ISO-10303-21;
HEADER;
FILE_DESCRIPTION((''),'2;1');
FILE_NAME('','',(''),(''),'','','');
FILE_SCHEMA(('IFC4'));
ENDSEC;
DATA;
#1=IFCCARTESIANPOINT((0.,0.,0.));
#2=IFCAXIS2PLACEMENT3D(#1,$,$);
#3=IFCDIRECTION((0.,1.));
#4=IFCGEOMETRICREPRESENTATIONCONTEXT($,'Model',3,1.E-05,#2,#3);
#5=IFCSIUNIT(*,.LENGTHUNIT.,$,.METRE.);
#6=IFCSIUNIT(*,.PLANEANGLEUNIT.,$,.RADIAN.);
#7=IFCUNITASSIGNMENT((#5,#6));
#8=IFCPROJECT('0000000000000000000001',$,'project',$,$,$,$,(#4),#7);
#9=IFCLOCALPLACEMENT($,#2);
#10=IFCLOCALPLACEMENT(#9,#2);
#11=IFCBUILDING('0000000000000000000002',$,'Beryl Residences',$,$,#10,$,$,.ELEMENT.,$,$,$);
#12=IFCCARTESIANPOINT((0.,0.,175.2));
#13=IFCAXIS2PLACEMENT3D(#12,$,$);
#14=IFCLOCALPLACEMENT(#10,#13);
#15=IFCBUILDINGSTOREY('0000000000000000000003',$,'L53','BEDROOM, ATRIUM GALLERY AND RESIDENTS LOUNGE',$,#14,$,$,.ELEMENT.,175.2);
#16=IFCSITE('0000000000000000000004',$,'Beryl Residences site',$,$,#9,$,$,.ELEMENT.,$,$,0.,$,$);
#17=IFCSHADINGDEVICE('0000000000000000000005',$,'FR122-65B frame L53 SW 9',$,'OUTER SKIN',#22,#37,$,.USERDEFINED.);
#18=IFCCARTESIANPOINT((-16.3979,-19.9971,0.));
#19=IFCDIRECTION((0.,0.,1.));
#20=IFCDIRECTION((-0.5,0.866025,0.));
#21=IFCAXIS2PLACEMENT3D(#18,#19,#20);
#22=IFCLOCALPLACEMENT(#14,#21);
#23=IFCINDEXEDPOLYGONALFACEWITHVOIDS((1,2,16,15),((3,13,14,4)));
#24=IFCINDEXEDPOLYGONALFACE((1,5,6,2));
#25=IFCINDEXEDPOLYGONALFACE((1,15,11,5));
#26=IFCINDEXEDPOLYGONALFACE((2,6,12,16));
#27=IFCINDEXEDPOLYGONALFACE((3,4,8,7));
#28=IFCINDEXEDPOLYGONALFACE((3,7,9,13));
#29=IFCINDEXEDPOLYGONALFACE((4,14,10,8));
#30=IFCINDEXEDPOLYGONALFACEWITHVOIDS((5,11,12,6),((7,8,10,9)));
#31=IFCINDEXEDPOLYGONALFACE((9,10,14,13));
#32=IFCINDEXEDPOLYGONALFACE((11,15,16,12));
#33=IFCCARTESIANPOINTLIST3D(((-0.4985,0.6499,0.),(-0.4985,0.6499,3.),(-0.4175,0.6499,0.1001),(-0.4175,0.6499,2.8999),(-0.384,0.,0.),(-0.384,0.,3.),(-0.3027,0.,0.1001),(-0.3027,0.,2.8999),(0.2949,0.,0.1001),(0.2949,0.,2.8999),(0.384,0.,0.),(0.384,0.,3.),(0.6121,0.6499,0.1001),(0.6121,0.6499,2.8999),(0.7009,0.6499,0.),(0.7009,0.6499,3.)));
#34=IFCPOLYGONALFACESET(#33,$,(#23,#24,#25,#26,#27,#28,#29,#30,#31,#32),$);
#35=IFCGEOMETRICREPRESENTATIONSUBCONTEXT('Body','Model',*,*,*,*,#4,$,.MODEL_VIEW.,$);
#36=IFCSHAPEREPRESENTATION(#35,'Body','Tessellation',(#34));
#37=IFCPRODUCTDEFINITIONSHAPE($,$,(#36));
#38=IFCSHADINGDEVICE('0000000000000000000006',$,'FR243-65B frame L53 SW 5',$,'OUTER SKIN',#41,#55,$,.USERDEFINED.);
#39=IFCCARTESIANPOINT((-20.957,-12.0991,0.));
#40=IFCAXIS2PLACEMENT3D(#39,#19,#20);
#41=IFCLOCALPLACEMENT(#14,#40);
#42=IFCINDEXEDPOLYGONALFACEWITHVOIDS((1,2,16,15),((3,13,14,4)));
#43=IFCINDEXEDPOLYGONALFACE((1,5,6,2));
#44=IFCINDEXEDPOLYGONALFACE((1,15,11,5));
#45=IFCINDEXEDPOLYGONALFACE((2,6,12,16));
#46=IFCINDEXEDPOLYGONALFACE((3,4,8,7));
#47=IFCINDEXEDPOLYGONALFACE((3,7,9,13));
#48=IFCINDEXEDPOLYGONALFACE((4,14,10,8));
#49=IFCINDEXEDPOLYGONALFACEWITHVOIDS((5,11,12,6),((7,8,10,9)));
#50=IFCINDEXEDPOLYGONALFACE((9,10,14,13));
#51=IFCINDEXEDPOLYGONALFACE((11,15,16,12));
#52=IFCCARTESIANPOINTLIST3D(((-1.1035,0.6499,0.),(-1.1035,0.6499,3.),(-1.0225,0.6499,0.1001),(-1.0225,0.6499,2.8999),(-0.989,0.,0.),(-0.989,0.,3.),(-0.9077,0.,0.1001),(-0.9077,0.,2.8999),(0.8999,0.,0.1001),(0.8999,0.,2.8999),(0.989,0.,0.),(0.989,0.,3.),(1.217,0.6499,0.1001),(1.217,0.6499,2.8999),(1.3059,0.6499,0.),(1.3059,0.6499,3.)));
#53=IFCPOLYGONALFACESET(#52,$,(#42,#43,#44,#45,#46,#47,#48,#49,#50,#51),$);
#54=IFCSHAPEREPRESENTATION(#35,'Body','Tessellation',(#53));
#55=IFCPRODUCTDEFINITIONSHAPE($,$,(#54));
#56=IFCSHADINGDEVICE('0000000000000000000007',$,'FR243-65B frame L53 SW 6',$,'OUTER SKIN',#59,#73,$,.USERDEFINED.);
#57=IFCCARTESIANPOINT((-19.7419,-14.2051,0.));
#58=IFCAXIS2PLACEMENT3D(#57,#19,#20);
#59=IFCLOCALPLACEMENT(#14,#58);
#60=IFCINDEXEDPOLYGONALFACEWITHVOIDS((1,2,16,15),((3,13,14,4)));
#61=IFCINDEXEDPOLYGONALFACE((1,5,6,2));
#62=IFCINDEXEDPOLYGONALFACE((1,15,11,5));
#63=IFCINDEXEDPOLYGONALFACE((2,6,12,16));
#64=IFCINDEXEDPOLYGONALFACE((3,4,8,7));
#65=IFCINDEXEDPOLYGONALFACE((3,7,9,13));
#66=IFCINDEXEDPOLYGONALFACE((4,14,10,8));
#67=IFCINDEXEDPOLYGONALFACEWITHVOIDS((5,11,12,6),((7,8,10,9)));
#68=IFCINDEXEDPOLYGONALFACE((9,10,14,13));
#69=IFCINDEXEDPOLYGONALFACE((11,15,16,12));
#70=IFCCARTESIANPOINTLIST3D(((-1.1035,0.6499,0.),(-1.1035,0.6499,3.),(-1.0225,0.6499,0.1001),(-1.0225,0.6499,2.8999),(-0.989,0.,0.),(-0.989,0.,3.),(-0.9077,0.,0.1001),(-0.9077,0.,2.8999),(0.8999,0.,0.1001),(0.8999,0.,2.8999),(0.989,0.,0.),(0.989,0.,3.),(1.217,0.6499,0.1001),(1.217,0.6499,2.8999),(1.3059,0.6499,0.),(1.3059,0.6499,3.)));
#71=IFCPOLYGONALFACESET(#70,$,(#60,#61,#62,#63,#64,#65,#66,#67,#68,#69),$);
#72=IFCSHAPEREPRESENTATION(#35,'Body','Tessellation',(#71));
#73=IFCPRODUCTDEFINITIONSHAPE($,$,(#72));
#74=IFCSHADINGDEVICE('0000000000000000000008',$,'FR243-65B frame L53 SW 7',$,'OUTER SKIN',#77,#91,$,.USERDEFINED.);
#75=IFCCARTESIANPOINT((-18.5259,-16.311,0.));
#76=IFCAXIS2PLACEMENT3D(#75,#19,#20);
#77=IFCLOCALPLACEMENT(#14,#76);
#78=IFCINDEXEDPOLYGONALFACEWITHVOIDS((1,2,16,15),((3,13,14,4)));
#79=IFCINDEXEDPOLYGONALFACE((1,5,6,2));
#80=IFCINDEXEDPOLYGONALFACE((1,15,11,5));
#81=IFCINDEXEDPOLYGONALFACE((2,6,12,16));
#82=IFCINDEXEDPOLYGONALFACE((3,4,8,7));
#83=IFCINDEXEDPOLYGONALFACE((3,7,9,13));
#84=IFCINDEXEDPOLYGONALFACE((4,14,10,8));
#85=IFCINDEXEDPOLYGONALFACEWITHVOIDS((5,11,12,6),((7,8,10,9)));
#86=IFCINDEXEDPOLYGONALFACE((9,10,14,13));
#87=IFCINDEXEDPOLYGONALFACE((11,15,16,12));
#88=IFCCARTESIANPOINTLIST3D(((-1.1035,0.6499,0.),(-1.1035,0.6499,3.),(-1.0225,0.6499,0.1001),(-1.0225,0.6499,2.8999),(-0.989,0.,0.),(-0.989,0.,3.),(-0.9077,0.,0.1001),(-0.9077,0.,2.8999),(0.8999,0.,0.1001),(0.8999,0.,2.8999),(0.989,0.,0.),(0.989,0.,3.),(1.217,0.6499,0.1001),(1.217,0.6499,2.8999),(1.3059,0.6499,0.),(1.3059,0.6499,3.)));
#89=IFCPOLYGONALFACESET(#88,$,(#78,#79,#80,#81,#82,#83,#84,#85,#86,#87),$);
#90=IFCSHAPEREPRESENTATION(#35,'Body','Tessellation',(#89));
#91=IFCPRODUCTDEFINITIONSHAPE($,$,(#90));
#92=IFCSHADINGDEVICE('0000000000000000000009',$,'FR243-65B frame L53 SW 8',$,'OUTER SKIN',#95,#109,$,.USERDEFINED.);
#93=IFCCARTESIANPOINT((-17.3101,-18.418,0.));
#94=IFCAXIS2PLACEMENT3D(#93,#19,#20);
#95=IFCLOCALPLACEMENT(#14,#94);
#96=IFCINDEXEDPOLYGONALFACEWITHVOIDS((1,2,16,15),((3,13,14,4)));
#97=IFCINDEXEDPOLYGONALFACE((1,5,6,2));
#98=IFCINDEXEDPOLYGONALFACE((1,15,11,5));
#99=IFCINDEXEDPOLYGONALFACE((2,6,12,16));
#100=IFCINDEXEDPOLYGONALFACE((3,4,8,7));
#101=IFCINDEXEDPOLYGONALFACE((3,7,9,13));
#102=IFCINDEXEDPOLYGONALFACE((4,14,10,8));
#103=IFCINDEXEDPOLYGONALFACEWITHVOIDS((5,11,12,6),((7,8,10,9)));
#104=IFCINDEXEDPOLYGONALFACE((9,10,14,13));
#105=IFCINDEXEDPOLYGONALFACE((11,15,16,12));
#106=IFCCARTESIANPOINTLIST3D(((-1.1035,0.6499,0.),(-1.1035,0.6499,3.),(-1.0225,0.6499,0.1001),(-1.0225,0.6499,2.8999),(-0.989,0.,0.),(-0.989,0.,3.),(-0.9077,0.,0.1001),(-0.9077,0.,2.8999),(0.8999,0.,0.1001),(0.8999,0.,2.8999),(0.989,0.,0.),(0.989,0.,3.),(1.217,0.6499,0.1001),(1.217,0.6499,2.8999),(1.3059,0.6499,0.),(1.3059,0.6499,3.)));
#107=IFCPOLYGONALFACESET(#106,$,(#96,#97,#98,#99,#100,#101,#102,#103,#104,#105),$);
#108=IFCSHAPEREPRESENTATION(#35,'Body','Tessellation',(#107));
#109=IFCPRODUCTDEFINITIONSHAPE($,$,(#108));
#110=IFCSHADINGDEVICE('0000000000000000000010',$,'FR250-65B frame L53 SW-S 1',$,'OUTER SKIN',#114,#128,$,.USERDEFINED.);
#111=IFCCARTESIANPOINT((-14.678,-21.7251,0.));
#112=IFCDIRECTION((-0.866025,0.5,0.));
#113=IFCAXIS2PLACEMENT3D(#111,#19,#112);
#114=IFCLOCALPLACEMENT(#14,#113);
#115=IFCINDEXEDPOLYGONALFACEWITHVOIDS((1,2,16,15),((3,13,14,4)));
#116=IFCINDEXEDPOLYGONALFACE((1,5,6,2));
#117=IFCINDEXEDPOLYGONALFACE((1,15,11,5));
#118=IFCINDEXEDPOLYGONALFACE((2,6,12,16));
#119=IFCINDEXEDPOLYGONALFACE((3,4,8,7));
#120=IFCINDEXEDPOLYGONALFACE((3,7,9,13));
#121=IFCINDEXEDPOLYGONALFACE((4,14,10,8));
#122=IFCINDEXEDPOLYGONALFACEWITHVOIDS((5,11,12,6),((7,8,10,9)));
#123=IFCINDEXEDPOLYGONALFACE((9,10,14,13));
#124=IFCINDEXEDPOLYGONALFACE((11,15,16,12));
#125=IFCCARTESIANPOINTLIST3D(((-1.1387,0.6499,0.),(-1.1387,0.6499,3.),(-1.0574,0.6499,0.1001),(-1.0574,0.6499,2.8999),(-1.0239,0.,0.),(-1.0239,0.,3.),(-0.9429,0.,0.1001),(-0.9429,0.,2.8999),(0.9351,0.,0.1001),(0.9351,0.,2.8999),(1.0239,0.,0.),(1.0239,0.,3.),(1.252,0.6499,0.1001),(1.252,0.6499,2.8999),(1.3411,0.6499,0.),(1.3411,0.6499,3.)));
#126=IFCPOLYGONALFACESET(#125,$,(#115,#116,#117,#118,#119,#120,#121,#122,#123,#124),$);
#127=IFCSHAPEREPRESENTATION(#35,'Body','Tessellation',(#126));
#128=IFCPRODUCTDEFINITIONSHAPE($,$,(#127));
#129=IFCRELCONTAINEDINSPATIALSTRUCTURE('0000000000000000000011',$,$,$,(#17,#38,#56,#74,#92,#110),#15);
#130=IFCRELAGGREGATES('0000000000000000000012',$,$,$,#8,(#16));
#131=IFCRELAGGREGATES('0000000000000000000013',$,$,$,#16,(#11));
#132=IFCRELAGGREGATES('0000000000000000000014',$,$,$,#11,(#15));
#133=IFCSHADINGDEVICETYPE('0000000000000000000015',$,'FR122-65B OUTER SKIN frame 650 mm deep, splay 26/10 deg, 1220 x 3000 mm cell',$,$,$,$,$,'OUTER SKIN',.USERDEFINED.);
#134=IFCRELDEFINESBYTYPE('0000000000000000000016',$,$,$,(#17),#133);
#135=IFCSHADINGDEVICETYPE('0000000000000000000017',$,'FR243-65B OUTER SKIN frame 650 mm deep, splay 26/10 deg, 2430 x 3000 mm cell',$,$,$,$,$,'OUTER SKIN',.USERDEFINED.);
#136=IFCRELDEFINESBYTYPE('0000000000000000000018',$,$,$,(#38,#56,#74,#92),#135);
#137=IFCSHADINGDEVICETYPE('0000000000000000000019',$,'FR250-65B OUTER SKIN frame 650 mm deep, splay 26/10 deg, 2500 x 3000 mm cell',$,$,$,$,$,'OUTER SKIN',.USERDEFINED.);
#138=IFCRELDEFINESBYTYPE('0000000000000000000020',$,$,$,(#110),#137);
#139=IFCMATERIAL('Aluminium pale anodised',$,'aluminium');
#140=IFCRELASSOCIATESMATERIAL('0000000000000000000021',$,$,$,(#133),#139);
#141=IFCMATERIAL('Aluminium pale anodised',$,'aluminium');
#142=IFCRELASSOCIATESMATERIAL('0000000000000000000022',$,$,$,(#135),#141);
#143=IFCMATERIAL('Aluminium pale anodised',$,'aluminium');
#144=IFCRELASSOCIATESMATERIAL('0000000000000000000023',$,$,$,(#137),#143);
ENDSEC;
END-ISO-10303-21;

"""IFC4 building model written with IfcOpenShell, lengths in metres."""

from ifc_helpers import new_model, entity, si_unit, direction, frame, origin, place, context, subcontext, project, spatial, source, transform, mapped, material, type_object, type_shapes, element, save


model = new_model("IFC4")

# Units and contexts
model_context = context("Model", 3, precision=1e-05, world=origin(), true_north=direction((0.0, 1.0)))
body_context = subcontext(model_context, "Body", "Model", "MODEL_VIEW")
ifc_project = project(units=[si_unit("LENGTHUNIT", "METRE"), si_unit("PLANEANGLEUNIT", "RADIAN")], contexts=[model_context])

# Site, building, storey
site_placement = place(None, origin())
site = spatial("IfcSite", under=ifc_project, at=site_placement, Name="Beryl Residences site", CompositionType="ELEMENT", RefElevation=0.0)
building_placement = place(site_placement, origin())
building = spatial("IfcBuilding", under=site, at=building_placement, Name="Beryl Residences", CompositionType="ELEMENT")
storey_placement = place(building_placement, frame((0.0, 0.0, 175.2)))
storey = spatial("IfcBuildingStorey", under=building, at=storey_placement, Name="L53", Description="BEDROOM, ATRIUM GALLERY AND RESIDENTS LOUNGE", CompositionType="ELEMENT", Elevation=175.2)

# Shading devices
ifc_material_1 = material(Name="Aluminium pale anodised", Category="aluminium")
shading_device_type_1 = type_object("IfcShadingDeviceType", Name="FR122-65B OUTER SKIN frame 650 mm deep, splay 26/10 deg, 1220 x 3000 mm cell", ElementType="OUTER SKIN", PredefinedType="USERDEFINED", material=ifc_material_1)
cartesian_point_1 = entity("IfcCartesianPoint", [-0.384, 0.0])
cartesian_point_2 = entity("IfcCartesianPoint", [-0.2949, 0.1001])
cartesian_point_3 = entity("IfcCartesianPoint", [-0.7009, 0.0])
cartesian_point_4 = entity("IfcCartesianPoint", [-0.6121, 0.1001])
shared_shape_1 = source(origin(), body_context, "Body", "SweptSolid", [
    entity("IfcExtrudedAreaSolidTapered", entity("IfcArbitraryProfileDefWithVoids", "AREA", None, entity("IfcPolyline", [cartesian_point_1, entity("IfcCartesianPoint", [0.384, 0.0]), entity("IfcCartesianPoint", [0.384, 3.0]), entity("IfcCartesianPoint", [-0.384, 3.0]), cartesian_point_1]), [entity("IfcPolyline", [cartesian_point_2, entity("IfcCartesianPoint", [0.3027, 0.1001]), entity("IfcCartesianPoint", [0.3027, 2.8999]), entity("IfcCartesianPoint", [-0.2949, 2.8999]), cartesian_point_2])]), entity("IfcAxis2Placement3D", entity("IfcCartesianPoint", [0.0, 0.0, 0.0]), entity("IfcDirection", [0.0, 1.0, 0.0]), entity("IfcDirection", [-1.0, 0.0, 0.0])), entity("IfcDirection", [0.0, 0.0, 1.0]), 0.6499, entity("IfcArbitraryProfileDefWithVoids", "AREA", None, entity("IfcPolyline", [cartesian_point_3, entity("IfcCartesianPoint", [0.4985, 0.0]), entity("IfcCartesianPoint", [0.4985, 3.0]), entity("IfcCartesianPoint", [-0.7009, 3.0]), cartesian_point_3]), [entity("IfcPolyline", [cartesian_point_4, entity("IfcCartesianPoint", [0.4175, 0.1001]), entity("IfcCartesianPoint", [0.4175, 2.8999]), entity("IfcCartesianPoint", [-0.6121, 2.8999]), cartesian_point_4])])),
])
type_shapes(shading_device_type_1, [shared_shape_1])
shading_device_1_placement = place(storey_placement, frame((-16.3979, -19.9971, 0.0), z_axis=(0.0, 0.0, 1.0), x_axis=(-0.5, 0.866025, 0.0)))
element("IfcShadingDevice", 1, at=shading_device_1_placement, inside=storey, type_object=shading_device_type_1, Name="FR122-65B frame L53 SW 9", ObjectType="OUTER SKIN", PredefinedType="USERDEFINED", context=body_context, shape_type="MappedRepresentation", body=[
    mapped(shared_shape_1, transform((0.0, 0.0, 0.0))),
])
ifc_material_2 = material(Name="Aluminium pale anodised", Category="aluminium")
shading_device_type_2 = type_object("IfcShadingDeviceType", Name="FR243-65B OUTER SKIN frame 650 mm deep, splay 26/10 deg, 2430 x 3000 mm cell", ElementType="OUTER SKIN", PredefinedType="USERDEFINED", material=ifc_material_2)
cartesian_point_5 = entity("IfcCartesianPoint", [-0.989, 0.0])
cartesian_point_6 = entity("IfcCartesianPoint", [-0.8999, 0.1001])
cartesian_point_7 = entity("IfcCartesianPoint", [-1.3059, 0.0])
cartesian_point_8 = entity("IfcCartesianPoint", [-1.217, 0.1001])
shared_shape_2 = source(origin(), body_context, "Body", "SweptSolid", [
    entity("IfcExtrudedAreaSolidTapered", entity("IfcArbitraryProfileDefWithVoids", "AREA", None, entity("IfcPolyline", [cartesian_point_5, entity("IfcCartesianPoint", [0.989, 0.0]), entity("IfcCartesianPoint", [0.989, 3.0]), entity("IfcCartesianPoint", [-0.989, 3.0]), cartesian_point_5]), [entity("IfcPolyline", [cartesian_point_6, entity("IfcCartesianPoint", [0.9077, 0.1001]), entity("IfcCartesianPoint", [0.9077, 2.8999]), entity("IfcCartesianPoint", [-0.8999, 2.8999]), cartesian_point_6])]), entity("IfcAxis2Placement3D", entity("IfcCartesianPoint", [0.0, 0.0, 0.0]), entity("IfcDirection", [0.0, 1.0, 0.0]), entity("IfcDirection", [-1.0, 0.0, 0.0])), entity("IfcDirection", [0.0, 0.0, 1.0]), 0.6499, entity("IfcArbitraryProfileDefWithVoids", "AREA", None, entity("IfcPolyline", [cartesian_point_7, entity("IfcCartesianPoint", [1.1035, 0.0]), entity("IfcCartesianPoint", [1.1035, 3.0]), entity("IfcCartesianPoint", [-1.3059, 3.0]), cartesian_point_7]), [entity("IfcPolyline", [cartesian_point_8, entity("IfcCartesianPoint", [1.0225, 0.1001]), entity("IfcCartesianPoint", [1.0225, 2.8999]), entity("IfcCartesianPoint", [-1.217, 2.8999]), cartesian_point_8])])),
])
type_shapes(shading_device_type_2, [shared_shape_2])
for number, where, z_axis, x_axis, name in (
    (2, (-20.957, -12.0991, 0.0), (0.0, 0.0, 1.0), (-0.5, 0.866025, 0.0), "FR243-65B frame L53 SW 5"),
    (3, (-19.7419, -14.2051, 0.0), (0.0, 0.0, 1.0), (-0.5, 0.866025, 0.0), "FR243-65B frame L53 SW 6"),
    (4, (-18.5259, -16.311, 0.0), (0.0, 0.0, 1.0), (-0.5, 0.866025, 0.0), "FR243-65B frame L53 SW 7"),
    (5, (-17.3101, -18.418, 0.0), (0.0, 0.0, 1.0), (-0.5, 0.866025, 0.0), "FR243-65B frame L53 SW 8"),
):
    element("IfcShadingDevice", number, at=place(storey_placement, frame(where, z_axis=z_axis, x_axis=x_axis)), inside=storey, type_object=shading_device_type_2, Name=name, ObjectType="OUTER SKIN", PredefinedType="USERDEFINED", context=body_context, shape_type="MappedRepresentation", body=[
        mapped(shared_shape_2, transform((0.0, 0.0, 0.0))),
    ])
ifc_material_3 = material(Name="Aluminium pale anodised", Category="aluminium")
shading_device_type_3 = type_object("IfcShadingDeviceType", Name="FR250-65B OUTER SKIN frame 650 mm deep, splay 26/10 deg, 2500 x 3000 mm cell", ElementType="OUTER SKIN", PredefinedType="USERDEFINED", material=ifc_material_3)
cartesian_point_9 = entity("IfcCartesianPoint", [-1.0239, 0.0])
cartesian_point_10 = entity("IfcCartesianPoint", [-0.9351, 0.1001])
cartesian_point_11 = entity("IfcCartesianPoint", [-1.3411, 0.0])
cartesian_point_12 = entity("IfcCartesianPoint", [-1.252, 0.1001])
shared_shape_3 = source(origin(), body_context, "Body", "SweptSolid", [
    entity("IfcExtrudedAreaSolidTapered", entity("IfcArbitraryProfileDefWithVoids", "AREA", None, entity("IfcPolyline", [cartesian_point_9, entity("IfcCartesianPoint", [1.0239, 0.0]), entity("IfcCartesianPoint", [1.0239, 3.0]), entity("IfcCartesianPoint", [-1.0239, 3.0]), cartesian_point_9]), [entity("IfcPolyline", [cartesian_point_10, entity("IfcCartesianPoint", [0.9429, 0.1001]), entity("IfcCartesianPoint", [0.9429, 2.8999]), entity("IfcCartesianPoint", [-0.9351, 2.8999]), cartesian_point_10])]), entity("IfcAxis2Placement3D", entity("IfcCartesianPoint", [0.0, 0.0, 0.0]), entity("IfcDirection", [0.0, 1.0, 0.0]), entity("IfcDirection", [-1.0, 0.0, 0.0])), entity("IfcDirection", [0.0, 0.0, 1.0]), 0.6499, entity("IfcArbitraryProfileDefWithVoids", "AREA", None, entity("IfcPolyline", [cartesian_point_11, entity("IfcCartesianPoint", [1.1387, 0.0]), entity("IfcCartesianPoint", [1.1387, 3.0]), entity("IfcCartesianPoint", [-1.3411, 3.0]), cartesian_point_11]), [entity("IfcPolyline", [cartesian_point_12, entity("IfcCartesianPoint", [1.0574, 0.1001]), entity("IfcCartesianPoint", [1.0574, 2.8999]), entity("IfcCartesianPoint", [-1.252, 2.8999]), cartesian_point_12])])),
])
type_shapes(shading_device_type_3, [shared_shape_3])
shading_device_2_placement = place(storey_placement, frame((-14.678, -21.7251, 0.0), z_axis=(0.0, 0.0, 1.0), x_axis=(-0.866025, 0.5, 0.0)))
element("IfcShadingDevice", 6, at=shading_device_2_placement, inside=storey, type_object=shading_device_type_3, Name="FR250-65B frame L53 SW-S 1", ObjectType="OUTER SKIN", PredefinedType="USERDEFINED", context=body_context, shape_type="MappedRepresentation", body=[
    mapped(shared_shape_3, transform((0.0, 0.0, 0.0))),
])

save(model, "model.ifc")
